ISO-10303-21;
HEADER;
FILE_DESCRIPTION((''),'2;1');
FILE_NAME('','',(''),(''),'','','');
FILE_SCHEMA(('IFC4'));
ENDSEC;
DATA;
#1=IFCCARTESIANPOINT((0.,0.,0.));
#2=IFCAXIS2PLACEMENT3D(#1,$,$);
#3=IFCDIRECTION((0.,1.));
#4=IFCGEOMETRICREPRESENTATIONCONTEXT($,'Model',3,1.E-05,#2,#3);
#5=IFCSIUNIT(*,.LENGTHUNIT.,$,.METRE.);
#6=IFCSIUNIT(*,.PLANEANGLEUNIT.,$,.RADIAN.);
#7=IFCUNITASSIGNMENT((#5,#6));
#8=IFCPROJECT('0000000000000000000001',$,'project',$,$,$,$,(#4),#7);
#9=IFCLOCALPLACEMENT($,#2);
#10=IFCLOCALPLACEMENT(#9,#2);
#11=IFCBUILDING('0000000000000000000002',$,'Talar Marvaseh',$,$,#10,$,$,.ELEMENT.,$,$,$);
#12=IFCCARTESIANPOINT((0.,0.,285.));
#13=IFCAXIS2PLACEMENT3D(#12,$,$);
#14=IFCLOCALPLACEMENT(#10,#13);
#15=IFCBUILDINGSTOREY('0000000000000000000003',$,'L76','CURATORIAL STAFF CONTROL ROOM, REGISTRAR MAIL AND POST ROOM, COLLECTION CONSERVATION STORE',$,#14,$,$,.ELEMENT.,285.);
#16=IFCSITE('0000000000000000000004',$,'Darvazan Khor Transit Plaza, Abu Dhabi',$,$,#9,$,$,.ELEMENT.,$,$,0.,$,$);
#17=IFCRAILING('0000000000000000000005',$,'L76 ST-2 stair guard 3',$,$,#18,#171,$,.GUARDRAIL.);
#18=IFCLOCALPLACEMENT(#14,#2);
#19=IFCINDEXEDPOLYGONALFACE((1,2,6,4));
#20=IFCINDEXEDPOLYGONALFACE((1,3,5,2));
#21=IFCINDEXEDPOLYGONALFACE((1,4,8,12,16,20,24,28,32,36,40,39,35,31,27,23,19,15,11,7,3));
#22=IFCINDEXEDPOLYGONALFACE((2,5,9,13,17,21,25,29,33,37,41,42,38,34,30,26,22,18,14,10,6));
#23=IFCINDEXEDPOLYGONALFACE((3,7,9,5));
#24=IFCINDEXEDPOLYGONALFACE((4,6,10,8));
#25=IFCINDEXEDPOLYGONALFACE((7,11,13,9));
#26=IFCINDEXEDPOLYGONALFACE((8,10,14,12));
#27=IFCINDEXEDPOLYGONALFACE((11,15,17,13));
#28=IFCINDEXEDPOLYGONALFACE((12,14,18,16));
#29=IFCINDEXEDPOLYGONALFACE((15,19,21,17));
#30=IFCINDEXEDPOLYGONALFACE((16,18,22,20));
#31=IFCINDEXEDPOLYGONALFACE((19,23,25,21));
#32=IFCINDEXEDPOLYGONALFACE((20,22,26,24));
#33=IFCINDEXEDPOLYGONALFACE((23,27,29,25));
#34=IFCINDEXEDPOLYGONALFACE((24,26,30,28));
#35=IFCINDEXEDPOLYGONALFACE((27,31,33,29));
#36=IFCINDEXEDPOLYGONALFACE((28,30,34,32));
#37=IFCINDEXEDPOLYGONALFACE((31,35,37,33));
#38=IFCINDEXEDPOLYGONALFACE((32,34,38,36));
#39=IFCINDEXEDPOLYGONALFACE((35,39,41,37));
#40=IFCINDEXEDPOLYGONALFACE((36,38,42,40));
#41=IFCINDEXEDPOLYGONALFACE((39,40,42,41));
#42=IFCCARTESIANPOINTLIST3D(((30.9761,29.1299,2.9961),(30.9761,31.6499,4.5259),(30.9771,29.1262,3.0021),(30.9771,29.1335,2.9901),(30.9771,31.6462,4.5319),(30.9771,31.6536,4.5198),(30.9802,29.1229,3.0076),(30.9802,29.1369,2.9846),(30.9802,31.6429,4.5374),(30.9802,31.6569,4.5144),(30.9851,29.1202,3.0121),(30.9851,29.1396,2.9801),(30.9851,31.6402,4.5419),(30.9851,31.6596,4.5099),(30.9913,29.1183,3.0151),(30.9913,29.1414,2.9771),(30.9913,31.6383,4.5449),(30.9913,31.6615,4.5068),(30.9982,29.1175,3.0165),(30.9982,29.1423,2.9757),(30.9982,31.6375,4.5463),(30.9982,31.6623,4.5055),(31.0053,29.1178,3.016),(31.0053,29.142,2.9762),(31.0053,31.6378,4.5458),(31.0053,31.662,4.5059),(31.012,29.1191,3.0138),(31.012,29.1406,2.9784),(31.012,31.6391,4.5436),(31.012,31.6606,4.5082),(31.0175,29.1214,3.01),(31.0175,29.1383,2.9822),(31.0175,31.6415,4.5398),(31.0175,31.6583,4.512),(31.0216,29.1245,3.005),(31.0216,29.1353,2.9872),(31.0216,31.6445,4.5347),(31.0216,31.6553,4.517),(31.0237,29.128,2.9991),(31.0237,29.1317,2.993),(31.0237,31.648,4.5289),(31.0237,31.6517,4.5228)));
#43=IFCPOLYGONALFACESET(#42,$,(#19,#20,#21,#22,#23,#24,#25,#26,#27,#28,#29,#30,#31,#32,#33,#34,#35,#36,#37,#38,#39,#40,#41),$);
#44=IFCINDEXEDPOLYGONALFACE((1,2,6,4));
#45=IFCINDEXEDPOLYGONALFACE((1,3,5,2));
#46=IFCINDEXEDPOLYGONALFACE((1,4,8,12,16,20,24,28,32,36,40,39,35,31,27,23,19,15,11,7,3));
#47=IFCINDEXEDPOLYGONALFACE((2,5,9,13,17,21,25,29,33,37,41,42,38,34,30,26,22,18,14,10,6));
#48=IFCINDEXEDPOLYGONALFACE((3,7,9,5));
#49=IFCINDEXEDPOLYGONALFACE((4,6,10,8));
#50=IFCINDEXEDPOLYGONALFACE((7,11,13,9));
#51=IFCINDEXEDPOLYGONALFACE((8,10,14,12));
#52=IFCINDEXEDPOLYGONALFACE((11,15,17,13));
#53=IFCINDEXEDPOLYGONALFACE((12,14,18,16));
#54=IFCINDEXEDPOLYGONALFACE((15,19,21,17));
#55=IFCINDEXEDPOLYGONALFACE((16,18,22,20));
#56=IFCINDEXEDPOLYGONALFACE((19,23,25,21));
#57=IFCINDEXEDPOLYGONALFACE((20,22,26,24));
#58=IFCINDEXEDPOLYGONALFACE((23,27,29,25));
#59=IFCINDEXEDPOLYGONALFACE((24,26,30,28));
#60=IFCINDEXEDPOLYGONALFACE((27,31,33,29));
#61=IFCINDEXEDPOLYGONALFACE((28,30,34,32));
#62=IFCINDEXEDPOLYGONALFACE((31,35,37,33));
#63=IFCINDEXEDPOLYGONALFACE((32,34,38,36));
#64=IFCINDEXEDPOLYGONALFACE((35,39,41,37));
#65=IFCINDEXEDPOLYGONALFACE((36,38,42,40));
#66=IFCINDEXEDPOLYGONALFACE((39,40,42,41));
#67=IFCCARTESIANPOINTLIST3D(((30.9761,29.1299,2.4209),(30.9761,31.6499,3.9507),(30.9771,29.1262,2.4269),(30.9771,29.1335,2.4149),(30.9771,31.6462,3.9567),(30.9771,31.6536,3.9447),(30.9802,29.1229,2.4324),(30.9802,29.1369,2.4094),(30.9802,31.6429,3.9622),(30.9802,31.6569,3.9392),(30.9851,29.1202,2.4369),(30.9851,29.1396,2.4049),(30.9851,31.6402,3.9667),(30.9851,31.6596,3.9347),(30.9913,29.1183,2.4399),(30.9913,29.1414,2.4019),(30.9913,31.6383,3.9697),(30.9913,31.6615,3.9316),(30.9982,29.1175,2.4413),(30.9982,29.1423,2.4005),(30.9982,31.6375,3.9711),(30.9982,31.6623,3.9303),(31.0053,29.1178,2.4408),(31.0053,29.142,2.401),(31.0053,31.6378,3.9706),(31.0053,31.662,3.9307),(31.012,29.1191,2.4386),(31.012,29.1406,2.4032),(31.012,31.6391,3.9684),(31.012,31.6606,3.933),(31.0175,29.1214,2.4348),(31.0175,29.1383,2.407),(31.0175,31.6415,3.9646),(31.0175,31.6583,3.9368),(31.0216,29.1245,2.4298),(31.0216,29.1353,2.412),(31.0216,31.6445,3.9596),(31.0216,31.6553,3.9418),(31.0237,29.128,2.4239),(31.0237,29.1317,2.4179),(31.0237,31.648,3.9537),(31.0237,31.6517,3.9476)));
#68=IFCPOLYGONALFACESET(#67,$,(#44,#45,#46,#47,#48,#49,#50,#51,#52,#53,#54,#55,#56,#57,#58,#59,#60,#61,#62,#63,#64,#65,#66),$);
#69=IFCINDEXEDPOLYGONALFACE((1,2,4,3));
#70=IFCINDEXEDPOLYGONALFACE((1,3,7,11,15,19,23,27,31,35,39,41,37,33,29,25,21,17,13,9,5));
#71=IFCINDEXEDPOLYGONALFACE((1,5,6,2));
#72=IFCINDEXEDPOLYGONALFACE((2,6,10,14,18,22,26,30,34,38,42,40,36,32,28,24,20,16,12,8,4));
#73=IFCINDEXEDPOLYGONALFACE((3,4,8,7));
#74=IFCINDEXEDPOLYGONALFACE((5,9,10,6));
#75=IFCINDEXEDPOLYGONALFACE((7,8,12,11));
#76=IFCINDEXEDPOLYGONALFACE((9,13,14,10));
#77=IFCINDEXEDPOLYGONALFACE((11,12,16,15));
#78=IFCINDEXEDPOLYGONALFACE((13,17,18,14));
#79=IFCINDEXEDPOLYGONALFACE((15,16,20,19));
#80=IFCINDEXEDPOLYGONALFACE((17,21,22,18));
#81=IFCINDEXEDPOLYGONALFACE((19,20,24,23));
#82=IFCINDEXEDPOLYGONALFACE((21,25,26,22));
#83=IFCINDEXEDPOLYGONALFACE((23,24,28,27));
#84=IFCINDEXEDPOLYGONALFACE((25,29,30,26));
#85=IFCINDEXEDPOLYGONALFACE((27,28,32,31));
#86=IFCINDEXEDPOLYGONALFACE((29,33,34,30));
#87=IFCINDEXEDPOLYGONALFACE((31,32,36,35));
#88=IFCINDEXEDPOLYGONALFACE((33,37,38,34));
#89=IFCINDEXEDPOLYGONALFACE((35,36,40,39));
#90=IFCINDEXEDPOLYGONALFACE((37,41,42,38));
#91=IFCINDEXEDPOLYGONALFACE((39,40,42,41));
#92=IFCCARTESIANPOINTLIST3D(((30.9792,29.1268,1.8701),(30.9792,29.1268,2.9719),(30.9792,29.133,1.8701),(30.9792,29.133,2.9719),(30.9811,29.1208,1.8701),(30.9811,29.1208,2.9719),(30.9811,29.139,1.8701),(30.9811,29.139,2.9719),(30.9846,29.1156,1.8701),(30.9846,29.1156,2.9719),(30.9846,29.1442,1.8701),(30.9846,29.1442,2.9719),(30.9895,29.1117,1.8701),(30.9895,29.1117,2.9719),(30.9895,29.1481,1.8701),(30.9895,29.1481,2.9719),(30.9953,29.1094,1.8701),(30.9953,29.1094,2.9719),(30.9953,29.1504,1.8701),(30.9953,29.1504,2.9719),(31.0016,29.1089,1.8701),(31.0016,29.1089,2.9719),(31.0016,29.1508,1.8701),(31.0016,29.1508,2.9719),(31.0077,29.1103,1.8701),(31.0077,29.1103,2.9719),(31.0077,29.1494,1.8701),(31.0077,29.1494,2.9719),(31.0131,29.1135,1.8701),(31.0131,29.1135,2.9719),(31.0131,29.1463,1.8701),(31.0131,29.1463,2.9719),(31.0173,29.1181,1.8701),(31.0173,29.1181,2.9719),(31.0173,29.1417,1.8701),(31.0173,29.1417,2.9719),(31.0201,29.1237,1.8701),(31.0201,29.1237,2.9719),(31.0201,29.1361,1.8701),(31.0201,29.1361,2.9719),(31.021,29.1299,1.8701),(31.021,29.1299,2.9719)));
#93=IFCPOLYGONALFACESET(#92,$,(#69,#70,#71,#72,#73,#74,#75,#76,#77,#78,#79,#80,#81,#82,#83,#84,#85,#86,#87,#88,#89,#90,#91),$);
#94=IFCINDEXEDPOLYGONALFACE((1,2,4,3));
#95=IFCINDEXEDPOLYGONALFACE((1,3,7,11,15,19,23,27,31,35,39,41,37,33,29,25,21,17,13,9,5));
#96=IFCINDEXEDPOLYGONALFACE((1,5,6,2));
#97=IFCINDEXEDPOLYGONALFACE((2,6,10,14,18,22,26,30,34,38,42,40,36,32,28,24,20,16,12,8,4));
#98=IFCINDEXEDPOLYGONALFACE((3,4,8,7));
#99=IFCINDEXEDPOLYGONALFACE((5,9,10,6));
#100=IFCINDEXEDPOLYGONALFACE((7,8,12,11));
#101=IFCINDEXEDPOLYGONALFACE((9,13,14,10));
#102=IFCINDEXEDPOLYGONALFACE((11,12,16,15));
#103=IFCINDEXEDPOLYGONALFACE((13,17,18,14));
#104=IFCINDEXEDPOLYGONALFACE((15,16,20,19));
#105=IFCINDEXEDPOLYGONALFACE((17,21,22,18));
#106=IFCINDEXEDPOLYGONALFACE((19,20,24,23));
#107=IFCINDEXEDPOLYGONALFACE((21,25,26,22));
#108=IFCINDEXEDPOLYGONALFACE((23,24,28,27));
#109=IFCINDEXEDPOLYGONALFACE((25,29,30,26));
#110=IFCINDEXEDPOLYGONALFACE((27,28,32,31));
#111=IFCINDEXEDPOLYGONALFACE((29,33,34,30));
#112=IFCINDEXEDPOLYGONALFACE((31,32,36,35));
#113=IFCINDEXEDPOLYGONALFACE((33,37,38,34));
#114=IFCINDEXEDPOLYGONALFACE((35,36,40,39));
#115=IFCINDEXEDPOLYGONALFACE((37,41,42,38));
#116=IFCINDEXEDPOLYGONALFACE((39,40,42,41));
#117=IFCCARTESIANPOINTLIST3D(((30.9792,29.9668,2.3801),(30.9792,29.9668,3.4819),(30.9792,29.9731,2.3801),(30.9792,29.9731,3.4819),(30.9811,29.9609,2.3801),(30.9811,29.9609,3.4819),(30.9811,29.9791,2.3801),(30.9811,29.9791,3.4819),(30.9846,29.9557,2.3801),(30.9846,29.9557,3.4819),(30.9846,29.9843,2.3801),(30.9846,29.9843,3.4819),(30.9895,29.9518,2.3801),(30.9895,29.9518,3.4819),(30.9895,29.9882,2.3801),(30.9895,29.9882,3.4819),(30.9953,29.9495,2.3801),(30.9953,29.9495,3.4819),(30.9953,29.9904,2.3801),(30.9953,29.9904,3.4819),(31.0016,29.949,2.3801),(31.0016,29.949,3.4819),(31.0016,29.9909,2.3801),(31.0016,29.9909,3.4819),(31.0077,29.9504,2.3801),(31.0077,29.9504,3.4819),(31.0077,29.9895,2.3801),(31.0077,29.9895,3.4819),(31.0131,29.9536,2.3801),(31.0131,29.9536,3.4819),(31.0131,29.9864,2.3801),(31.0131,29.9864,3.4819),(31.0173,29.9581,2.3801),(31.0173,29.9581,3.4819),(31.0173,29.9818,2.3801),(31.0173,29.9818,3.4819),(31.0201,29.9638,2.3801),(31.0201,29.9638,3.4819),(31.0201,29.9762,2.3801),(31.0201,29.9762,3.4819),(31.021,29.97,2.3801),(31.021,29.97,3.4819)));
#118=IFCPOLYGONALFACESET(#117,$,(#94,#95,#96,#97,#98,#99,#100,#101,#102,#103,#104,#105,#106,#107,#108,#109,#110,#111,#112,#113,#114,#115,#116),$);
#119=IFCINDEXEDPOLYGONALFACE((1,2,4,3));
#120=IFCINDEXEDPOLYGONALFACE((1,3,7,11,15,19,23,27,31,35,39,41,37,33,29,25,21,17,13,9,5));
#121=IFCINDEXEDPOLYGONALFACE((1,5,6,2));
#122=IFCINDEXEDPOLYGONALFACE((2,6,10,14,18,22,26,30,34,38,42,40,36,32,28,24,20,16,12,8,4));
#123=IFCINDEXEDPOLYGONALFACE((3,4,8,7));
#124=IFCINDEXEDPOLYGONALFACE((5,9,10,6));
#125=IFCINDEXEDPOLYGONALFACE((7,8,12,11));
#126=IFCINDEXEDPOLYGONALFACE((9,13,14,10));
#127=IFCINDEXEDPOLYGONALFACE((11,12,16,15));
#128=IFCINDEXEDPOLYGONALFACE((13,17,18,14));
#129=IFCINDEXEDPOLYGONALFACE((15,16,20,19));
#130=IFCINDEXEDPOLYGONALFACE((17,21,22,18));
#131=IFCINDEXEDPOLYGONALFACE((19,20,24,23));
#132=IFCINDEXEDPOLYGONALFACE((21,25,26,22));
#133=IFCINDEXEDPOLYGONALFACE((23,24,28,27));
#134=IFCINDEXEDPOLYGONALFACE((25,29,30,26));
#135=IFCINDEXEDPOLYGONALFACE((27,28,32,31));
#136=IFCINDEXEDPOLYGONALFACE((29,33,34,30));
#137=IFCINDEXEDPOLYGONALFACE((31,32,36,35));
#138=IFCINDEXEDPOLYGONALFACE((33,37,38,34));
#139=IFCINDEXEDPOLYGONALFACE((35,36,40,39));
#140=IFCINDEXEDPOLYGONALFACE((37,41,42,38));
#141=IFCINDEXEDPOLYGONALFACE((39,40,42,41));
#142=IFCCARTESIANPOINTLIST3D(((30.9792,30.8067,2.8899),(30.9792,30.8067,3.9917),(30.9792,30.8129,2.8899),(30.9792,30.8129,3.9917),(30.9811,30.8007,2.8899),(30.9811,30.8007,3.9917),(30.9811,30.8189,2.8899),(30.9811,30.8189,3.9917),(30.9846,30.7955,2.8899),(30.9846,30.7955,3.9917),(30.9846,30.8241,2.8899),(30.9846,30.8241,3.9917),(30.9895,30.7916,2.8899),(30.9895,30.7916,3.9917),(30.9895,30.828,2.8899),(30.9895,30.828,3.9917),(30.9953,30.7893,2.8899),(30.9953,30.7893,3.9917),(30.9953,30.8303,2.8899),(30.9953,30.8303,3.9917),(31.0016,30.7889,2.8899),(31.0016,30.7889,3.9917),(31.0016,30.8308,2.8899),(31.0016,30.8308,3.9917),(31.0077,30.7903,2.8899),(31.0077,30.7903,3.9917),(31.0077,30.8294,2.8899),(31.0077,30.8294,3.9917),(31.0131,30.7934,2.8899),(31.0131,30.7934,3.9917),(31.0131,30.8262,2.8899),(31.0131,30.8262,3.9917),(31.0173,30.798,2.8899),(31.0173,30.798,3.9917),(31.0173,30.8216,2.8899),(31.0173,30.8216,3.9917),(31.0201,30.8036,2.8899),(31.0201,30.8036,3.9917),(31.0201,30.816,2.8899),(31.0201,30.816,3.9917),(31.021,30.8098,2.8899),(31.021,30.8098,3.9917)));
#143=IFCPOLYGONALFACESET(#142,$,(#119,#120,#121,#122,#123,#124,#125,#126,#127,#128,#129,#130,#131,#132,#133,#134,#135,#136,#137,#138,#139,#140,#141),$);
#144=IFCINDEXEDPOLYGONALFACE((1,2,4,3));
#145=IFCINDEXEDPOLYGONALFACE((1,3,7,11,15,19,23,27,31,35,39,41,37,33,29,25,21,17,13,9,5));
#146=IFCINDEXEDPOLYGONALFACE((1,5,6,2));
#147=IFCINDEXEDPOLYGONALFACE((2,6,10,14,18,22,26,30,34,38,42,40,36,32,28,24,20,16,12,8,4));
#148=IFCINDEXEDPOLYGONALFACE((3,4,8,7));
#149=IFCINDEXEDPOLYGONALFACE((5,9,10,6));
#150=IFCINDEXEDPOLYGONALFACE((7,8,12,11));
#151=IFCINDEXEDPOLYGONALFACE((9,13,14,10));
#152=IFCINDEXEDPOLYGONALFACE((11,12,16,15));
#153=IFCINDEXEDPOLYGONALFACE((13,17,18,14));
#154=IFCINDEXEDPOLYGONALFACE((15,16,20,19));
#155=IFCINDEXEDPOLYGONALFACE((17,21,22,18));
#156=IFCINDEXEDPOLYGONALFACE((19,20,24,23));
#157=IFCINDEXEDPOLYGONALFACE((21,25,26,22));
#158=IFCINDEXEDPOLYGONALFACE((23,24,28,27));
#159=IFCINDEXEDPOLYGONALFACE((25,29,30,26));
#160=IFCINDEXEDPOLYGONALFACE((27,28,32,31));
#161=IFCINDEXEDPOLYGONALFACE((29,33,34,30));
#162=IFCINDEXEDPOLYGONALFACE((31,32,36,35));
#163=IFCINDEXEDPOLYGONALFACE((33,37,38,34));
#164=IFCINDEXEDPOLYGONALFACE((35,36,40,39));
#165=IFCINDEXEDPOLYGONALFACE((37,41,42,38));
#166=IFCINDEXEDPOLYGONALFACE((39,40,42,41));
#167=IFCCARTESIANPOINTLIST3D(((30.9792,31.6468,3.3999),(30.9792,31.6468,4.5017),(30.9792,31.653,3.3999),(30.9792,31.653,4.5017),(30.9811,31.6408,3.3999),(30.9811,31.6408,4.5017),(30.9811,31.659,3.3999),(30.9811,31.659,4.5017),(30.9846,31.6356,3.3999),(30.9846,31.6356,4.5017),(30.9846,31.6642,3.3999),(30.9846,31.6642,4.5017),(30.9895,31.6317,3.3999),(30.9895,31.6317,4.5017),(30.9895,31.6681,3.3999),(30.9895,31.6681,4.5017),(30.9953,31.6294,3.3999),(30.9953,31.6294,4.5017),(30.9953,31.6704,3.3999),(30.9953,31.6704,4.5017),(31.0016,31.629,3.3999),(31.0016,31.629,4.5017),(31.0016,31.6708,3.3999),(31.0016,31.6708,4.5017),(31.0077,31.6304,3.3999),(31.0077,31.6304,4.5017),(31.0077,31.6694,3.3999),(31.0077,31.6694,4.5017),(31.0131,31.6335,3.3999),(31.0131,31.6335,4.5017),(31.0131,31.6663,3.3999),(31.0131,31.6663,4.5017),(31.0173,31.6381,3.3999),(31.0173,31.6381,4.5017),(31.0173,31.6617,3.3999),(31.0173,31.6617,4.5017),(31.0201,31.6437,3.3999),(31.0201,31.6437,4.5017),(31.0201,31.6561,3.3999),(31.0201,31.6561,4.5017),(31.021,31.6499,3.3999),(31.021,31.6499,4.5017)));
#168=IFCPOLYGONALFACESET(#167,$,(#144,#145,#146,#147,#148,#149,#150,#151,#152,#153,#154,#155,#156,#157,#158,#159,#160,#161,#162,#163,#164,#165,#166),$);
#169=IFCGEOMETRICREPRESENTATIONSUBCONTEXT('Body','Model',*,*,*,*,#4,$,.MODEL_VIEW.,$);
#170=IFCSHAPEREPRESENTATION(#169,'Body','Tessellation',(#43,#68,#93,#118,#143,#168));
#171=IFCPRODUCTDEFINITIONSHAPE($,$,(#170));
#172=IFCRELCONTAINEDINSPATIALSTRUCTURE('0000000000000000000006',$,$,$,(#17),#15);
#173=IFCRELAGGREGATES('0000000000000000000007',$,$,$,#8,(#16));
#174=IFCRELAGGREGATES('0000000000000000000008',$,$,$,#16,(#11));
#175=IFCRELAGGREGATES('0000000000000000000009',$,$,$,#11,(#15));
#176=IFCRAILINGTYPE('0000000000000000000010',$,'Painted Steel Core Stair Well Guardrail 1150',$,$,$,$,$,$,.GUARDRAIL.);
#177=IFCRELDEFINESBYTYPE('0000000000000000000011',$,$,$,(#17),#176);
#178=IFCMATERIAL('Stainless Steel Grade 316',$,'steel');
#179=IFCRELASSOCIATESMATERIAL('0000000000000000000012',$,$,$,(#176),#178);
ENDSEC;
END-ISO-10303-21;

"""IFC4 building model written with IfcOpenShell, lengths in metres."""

from ifc_helpers import new_model, si_unit, direction, frame, origin, origin_2d, place, context, subcontext, project, spatial, circle, extrude, material, type_object, element, save


model = new_model("IFC4")

# Units and contexts
model_context = context("Model", 3, precision=1e-05, world=origin(), true_north=direction((0.0, 1.0)))
body_context = subcontext(model_context, "Body", "Model", "MODEL_VIEW")
ifc_project = project(units=[si_unit("LENGTHUNIT", "METRE"), si_unit("PLANEANGLEUNIT", "RADIAN")], contexts=[model_context])

# Site, building, storey
site_placement = place(None, origin())
site = spatial("IfcSite", under=ifc_project, at=site_placement, Name="Darvazan Khor Transit Plaza, Abu Dhabi", CompositionType="ELEMENT", RefElevation=0.0)
building_placement = place(site_placement, origin())
building = spatial("IfcBuilding", under=site, at=building_placement, Name="Talar Marvaseh", CompositionType="ELEMENT")
storey_placement = place(building_placement, frame((0.0, 0.0, 285.0)))
storey = spatial("IfcBuildingStorey", under=building, at=storey_placement, Name="L76", Description="CURATORIAL STAFF CONTROL ROOM, REGISTRAR MAIL AND POST ROOM, COLLECTION CONSERVATION STORE", CompositionType="ELEMENT", Elevation=285.0)

# Railing
ifc_material_1 = material(Name="Stainless Steel Grade 316", Category="steel")
railing_type_1 = type_object("IfcRailingType", Name="Painted Steel Core Stair Well Guardrail 1150", PredefinedType="GUARDRAIL", material=ifc_material_1)
railing_1_placement = place(storey_placement, frame((31.0, 29.1299, 1.8701)))
element("IfcRailing", 1, at=railing_1_placement, inside=storey, type_object=railing_type_1, Name="L76 ST-2 stair guard 3", PredefinedType="GUARDRAIL", context=body_context, shape_type="SweptSolid", body=[
    extrude(circle(Radius=0.0239, at=origin_2d()), frame((0.0, 0.0, 1.126), z_axis=(0.0, 0.854822, 0.518922), x_axis=(-1.0, 0.0, 0.0)), (0.0, 0.0, 1.0), 2.948),
    extrude(circle(Radius=0.0239, at=origin_2d()), frame((0.0, 0.0, 0.5508), z_axis=(0.0, 0.854822, 0.518922), x_axis=(-1.0, 0.0, 0.0)), (0.0, 0.0, 1.0), 2.948),
    extrude(circle(Radius=0.021, at=origin_2d()), origin(), (0.0, 0.0, 1.0), 1.1018),
    extrude(circle(Radius=0.021, at=origin_2d()), frame((0.0, 0.8401, 0.51)), (0.0, 0.0, 1.0), 1.1018),
    extrude(circle(Radius=0.021, at=origin_2d()), frame((0.0, 1.6799, 1.0198)), (0.0, 0.0, 1.0), 1.1018),
    extrude(circle(Radius=0.021, at=origin_2d()), frame((0.0, 2.52, 1.5298)), (0.0, 0.0, 1.0), 1.1018),
])

save(model, "model.ifc")
